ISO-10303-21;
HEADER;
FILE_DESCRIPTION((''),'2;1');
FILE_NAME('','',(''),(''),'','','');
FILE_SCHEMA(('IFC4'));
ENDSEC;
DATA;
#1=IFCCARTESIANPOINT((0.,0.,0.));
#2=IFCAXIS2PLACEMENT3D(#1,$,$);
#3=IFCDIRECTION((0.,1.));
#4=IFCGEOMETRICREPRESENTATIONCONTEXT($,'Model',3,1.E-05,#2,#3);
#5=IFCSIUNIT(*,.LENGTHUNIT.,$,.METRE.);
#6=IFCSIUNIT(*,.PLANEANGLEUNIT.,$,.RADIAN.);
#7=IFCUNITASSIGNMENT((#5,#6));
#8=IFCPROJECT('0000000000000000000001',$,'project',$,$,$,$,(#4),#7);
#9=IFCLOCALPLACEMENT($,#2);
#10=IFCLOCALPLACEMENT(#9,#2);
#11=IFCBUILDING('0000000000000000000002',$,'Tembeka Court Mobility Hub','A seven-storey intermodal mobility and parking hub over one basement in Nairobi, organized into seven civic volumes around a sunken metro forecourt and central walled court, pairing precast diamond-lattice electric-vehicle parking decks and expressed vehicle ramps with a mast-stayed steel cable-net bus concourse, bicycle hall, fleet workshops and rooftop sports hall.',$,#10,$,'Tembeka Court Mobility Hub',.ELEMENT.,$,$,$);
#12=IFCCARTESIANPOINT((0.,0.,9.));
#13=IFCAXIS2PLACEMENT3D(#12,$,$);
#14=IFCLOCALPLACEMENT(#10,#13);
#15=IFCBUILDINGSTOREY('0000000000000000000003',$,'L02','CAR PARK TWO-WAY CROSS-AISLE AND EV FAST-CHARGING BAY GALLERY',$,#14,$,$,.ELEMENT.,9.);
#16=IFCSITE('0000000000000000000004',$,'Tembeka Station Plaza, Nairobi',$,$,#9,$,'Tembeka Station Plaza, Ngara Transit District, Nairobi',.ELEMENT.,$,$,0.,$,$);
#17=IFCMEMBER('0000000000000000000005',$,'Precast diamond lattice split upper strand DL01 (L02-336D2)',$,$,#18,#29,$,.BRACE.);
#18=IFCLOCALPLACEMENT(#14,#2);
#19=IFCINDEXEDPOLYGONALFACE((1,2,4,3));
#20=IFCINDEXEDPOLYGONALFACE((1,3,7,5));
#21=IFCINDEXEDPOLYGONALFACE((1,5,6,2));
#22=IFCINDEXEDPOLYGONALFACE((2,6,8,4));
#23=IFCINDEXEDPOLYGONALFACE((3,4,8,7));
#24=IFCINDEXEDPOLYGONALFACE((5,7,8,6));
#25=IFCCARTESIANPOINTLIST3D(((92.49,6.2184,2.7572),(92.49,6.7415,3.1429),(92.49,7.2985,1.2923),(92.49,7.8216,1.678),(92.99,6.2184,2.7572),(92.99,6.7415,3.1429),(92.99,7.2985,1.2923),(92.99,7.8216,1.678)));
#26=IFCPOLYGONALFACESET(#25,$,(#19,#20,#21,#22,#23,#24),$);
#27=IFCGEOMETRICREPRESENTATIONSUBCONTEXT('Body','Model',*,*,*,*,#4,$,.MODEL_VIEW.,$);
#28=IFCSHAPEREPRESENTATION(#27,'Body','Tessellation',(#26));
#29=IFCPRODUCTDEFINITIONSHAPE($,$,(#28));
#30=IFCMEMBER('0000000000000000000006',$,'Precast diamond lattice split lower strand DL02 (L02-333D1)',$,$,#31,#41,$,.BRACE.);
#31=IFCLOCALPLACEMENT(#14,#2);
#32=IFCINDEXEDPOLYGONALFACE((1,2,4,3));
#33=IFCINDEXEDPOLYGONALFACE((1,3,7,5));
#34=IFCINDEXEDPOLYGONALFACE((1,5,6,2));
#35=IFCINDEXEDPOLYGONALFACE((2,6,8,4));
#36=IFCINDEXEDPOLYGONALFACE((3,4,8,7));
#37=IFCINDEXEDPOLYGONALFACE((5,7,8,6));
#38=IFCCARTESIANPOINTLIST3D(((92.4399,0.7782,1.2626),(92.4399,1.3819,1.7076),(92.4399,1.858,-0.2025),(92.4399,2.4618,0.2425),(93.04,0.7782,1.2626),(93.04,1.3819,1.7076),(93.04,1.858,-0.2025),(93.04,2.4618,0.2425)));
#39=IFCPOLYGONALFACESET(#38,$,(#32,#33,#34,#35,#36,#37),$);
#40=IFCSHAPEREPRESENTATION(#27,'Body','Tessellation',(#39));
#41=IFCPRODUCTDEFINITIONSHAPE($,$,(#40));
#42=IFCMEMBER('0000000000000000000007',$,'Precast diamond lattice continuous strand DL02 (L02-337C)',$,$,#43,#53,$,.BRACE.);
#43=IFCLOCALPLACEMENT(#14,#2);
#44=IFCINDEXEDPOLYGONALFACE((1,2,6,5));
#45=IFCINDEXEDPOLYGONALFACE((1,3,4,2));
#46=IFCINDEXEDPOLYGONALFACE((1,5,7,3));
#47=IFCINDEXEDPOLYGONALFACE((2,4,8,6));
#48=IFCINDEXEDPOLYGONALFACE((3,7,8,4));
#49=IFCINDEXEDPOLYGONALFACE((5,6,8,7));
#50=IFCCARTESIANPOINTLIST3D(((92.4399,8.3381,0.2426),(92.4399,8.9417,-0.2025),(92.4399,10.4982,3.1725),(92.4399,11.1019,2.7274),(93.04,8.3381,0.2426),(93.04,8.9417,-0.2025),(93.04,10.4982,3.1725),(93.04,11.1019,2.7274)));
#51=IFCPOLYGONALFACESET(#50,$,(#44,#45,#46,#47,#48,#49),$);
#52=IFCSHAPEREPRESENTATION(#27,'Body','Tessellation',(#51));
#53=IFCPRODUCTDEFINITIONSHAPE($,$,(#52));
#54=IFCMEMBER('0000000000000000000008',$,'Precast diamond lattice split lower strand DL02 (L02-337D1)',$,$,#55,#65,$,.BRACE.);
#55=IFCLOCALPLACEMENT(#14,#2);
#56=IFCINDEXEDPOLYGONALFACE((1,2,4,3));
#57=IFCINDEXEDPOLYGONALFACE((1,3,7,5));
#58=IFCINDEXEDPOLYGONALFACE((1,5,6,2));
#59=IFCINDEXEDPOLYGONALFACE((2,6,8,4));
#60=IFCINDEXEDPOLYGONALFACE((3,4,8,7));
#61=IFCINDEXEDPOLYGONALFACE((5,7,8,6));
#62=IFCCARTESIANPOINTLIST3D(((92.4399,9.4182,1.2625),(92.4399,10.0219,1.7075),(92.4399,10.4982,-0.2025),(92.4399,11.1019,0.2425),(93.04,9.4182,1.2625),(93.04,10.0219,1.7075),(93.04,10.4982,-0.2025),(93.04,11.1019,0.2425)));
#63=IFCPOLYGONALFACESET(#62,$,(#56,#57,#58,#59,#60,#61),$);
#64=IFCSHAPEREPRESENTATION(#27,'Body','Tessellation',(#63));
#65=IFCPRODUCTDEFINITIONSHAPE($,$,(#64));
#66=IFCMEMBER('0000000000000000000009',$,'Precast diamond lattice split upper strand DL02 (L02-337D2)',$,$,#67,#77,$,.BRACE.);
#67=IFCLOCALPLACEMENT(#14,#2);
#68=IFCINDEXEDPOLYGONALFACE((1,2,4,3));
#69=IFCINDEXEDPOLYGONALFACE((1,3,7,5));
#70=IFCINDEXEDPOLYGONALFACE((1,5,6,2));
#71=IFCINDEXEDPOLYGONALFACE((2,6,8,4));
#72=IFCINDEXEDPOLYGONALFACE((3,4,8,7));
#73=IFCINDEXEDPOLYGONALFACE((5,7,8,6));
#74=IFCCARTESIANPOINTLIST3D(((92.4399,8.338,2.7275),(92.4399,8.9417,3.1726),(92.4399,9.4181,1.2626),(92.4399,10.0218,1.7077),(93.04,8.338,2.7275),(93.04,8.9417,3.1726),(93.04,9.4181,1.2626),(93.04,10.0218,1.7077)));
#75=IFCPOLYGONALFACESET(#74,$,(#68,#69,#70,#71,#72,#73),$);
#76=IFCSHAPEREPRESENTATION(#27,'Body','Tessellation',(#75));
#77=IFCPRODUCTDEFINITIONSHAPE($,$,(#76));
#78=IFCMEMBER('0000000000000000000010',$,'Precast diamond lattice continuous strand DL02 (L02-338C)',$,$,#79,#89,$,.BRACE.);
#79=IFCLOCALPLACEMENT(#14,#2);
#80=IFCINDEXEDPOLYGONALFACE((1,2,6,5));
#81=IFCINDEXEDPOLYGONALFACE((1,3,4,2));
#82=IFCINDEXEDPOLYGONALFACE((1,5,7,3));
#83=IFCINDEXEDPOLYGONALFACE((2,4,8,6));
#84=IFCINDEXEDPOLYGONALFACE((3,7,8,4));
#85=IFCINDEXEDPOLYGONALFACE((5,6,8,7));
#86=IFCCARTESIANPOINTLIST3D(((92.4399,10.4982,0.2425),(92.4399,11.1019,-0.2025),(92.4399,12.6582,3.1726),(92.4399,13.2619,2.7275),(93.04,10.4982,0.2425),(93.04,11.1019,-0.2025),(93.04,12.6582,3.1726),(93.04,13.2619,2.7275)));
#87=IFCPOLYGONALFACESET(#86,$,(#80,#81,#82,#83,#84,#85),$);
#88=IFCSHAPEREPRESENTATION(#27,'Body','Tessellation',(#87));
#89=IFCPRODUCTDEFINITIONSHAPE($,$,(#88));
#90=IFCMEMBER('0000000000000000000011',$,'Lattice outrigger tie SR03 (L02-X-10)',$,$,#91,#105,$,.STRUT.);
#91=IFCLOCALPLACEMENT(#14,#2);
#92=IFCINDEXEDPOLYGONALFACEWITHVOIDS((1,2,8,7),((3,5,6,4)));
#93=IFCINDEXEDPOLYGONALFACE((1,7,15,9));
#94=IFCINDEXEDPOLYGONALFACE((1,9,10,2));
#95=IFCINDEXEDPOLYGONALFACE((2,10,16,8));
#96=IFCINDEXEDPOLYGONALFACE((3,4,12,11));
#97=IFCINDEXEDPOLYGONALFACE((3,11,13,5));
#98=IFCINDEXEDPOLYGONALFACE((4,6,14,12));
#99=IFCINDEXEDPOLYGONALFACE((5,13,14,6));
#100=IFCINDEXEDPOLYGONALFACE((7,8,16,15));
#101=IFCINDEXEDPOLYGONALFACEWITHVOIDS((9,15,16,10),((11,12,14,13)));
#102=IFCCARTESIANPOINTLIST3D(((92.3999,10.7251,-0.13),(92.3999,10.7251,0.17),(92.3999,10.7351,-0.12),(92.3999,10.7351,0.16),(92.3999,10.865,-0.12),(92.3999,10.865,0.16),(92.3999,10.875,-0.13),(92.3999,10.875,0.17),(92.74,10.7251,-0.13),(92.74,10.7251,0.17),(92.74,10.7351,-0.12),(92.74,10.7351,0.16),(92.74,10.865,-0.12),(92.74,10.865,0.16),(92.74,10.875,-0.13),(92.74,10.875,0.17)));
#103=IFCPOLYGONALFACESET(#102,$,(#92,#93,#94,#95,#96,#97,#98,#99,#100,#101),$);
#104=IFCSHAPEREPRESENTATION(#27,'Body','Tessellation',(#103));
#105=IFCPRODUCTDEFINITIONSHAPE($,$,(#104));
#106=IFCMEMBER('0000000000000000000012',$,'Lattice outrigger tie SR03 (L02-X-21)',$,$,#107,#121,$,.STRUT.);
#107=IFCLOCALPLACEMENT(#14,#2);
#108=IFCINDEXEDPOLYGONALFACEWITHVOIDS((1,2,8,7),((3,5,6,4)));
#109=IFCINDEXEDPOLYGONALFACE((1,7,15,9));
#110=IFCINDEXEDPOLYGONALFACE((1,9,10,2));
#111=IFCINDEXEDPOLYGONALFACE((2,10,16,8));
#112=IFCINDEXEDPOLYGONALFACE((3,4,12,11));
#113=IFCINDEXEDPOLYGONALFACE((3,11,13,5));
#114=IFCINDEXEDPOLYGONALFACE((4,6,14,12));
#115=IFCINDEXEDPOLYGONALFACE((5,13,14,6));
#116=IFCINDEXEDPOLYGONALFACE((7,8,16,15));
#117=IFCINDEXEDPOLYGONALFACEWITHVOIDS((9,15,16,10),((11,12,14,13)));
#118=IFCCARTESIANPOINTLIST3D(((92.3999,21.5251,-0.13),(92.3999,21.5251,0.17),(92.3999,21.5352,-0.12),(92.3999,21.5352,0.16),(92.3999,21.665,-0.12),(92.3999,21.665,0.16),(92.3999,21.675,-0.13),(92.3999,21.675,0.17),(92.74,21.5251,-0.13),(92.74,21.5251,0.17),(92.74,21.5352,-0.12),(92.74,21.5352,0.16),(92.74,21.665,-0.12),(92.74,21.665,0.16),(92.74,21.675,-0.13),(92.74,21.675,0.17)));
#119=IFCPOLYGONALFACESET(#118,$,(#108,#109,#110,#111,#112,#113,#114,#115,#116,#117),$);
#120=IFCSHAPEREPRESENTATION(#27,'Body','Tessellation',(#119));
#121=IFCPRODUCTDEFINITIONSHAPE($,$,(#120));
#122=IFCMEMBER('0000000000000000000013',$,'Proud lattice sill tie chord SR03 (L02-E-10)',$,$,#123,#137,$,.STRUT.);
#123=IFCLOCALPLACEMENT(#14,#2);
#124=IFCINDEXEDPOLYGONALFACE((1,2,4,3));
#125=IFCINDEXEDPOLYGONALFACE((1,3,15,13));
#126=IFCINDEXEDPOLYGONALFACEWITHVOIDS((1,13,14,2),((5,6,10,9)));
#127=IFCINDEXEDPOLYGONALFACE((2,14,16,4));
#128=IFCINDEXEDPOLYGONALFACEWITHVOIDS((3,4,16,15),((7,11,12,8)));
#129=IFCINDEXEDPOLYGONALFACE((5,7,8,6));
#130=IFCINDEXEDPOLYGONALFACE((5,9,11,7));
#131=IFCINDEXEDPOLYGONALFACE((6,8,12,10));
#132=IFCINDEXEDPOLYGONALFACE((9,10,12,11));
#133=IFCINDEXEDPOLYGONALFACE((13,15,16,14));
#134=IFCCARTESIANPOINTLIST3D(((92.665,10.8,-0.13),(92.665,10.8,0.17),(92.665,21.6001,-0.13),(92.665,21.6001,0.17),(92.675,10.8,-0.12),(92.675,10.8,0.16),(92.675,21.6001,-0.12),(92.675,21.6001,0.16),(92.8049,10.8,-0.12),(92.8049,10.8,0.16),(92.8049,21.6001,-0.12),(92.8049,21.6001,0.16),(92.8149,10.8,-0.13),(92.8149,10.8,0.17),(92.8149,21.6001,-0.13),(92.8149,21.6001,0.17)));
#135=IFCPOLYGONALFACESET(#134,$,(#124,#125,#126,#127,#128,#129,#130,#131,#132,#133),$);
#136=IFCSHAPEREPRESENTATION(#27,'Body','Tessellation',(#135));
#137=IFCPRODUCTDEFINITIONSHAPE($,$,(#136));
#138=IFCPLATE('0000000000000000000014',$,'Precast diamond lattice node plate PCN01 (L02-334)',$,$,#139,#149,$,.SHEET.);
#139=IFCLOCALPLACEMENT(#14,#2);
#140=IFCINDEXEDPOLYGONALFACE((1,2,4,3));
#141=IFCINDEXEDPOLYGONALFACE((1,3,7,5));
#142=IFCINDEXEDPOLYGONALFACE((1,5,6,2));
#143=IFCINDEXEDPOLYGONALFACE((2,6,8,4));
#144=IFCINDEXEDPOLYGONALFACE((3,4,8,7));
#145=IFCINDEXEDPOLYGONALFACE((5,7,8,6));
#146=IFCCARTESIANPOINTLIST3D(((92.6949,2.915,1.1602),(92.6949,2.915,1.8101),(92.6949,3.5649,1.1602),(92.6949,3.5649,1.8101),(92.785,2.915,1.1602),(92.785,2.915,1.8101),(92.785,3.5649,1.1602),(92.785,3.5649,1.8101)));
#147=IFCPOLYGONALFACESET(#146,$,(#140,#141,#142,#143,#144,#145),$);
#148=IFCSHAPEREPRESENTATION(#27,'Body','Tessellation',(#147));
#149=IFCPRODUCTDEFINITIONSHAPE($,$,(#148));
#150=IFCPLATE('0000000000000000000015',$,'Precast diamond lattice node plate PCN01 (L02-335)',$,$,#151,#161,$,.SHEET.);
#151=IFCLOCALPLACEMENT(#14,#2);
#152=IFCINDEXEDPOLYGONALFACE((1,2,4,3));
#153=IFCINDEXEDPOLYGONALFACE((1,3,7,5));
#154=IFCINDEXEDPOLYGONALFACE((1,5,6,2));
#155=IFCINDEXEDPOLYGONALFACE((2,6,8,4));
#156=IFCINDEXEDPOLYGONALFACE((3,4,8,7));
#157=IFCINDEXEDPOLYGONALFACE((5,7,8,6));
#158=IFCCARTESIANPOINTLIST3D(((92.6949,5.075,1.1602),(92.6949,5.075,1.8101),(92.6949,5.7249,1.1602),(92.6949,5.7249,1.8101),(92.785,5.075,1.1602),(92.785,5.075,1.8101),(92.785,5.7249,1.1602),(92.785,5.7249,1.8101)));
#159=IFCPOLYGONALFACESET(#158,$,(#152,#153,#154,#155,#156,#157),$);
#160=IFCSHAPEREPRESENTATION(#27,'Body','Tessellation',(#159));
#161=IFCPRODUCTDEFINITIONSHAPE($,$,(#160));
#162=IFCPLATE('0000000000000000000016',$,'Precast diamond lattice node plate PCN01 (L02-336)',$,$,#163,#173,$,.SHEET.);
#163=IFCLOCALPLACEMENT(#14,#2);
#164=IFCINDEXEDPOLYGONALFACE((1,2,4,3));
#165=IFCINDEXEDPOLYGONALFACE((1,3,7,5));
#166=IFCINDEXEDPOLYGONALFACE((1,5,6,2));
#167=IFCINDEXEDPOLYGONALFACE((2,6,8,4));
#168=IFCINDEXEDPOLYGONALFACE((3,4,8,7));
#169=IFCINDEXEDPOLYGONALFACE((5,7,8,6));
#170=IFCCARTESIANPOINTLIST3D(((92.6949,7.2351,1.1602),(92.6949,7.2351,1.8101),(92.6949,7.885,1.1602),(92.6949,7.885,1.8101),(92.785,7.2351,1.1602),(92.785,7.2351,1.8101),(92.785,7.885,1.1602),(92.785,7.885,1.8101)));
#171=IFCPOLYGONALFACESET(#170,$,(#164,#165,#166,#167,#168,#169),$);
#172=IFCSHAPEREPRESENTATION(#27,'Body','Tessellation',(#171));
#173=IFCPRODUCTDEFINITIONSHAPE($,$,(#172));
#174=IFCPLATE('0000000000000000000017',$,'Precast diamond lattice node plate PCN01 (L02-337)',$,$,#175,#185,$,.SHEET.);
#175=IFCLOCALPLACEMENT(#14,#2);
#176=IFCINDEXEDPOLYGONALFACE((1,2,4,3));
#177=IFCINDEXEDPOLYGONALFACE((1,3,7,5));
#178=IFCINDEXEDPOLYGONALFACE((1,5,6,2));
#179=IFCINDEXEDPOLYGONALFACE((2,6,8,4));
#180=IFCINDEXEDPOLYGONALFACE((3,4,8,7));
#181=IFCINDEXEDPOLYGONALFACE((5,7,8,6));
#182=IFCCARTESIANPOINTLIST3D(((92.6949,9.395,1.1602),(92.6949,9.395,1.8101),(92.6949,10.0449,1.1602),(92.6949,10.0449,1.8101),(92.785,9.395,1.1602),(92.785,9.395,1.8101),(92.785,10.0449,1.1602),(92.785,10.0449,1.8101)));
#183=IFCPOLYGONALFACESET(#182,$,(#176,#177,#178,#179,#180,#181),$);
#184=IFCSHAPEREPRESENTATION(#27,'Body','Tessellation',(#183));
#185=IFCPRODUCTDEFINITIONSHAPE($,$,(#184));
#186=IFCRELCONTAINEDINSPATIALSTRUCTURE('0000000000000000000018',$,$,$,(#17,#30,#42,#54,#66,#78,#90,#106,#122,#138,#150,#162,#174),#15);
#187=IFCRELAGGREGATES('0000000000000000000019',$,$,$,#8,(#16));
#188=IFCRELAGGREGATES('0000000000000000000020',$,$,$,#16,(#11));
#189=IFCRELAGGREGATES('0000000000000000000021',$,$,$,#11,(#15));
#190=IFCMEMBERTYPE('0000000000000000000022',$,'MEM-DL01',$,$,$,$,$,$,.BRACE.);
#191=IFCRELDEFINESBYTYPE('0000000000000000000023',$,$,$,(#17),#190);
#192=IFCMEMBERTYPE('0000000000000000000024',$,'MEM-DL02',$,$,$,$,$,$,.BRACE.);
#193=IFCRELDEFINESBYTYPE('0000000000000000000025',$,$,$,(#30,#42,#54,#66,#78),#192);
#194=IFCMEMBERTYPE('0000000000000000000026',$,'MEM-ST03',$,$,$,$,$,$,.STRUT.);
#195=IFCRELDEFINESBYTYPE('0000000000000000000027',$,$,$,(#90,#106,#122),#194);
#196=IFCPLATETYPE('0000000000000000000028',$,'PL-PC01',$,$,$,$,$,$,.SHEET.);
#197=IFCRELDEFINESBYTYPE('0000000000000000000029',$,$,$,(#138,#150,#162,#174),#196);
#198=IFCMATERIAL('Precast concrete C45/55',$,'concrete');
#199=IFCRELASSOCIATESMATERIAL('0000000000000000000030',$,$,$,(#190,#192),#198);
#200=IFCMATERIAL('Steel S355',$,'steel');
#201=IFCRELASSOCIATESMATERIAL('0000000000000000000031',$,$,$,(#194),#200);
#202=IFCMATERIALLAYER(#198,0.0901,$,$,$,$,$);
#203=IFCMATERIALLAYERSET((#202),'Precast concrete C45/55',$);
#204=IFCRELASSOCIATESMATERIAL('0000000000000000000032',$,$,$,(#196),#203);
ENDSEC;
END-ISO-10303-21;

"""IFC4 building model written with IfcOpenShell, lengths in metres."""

from ifc_helpers import new_model, si_unit, direction, frame, origin, origin_2d, place, context, subcontext, project, spatial, rectangle, hollow_rectangle, extrude, material, layer, layer_set, material_profile, profile_set, type_object, element, save


model = new_model("IFC4")

# Units and contexts
model_context = context("Model", 3, precision=1e-05, world=origin(), true_north=direction((0.0, 1.0)))
body_context = subcontext(model_context, "Body", "Model", "MODEL_VIEW")
ifc_project = project(units=[si_unit("LENGTHUNIT", "METRE"), si_unit("PLANEANGLEUNIT", "RADIAN")], contexts=[model_context])

# Site, building, storey
site_placement = place(None, origin())
site = spatial("IfcSite", under=ifc_project, at=site_placement, Name="Tembeka Station Plaza, Nairobi", LongName="Tembeka Station Plaza, Ngara Transit District, Nairobi", CompositionType="ELEMENT", RefElevation=0.0)
building_placement = place(site_placement, origin())
building = spatial("IfcBuilding", under=site, at=building_placement, Name="Tembeka Court Mobility Hub", Description="A seven-storey intermodal mobility and parking hub over one basement in Nairobi, organized into seven civic volumes around a sunken metro forecourt and central walled court, pairing precast diamond-lattice electric-vehicle parking decks and expressed vehicle ramps with a mast-stayed steel cable-net bus concourse, bicycle hall, fleet workshops and rooftop sports hall.", LongName="Tembeka Court Mobility Hub", CompositionType="ELEMENT")
storey_placement = place(building_placement, frame((0.0, 0.0, 9.0)))
storey = spatial("IfcBuildingStorey", under=building, at=storey_placement, Name="L02", Description="CAR PARK TWO-WAY CROSS-AISLE AND EV FAST-CHARGING BAY GALLERY", CompositionType="ELEMENT", Elevation=9.0)

# Shared definitions
ifc_material_1 = material(Name="Steel S355", Category="steel")

# Members
ifc_material_2 = material(Name="Precast concrete C45/55", Category="concrete")
ifc_material_profile_1 = material_profile(ifc_material_2, rectangle(XDim=0.5, YDim=0.6499, at=origin_2d()), Name="PC-DIAG 500x650")
ifc_profile_set_1 = profile_set([ifc_material_profile_1], Name="Precast concrete C45/55")
member_type_1 = type_object("IfcMemberType", Name="MEM-DL01", PredefinedType="BRACE", material=ifc_profile_set_1)
for number, where, z_axis, x_axis, name in (
    (1, (92.74, 7.5601, 1.4851), (0.0, -0.593455, 0.804867), (1.0, 0.0, 0.0), "Precast diamond lattice split upper strand DL01 (L02-336D2)"),
):
    element("IfcMember", number, at=place(storey_placement, frame(where, z_axis=z_axis, x_axis=x_axis)), inside=storey, type_object=member_type_1, Name=name, PredefinedType="BRACE", context=body_context, shape_type="SweptSolid", body=[
        extrude(rectangle(XDim=0.5, YDim=0.6499, at=origin_2d()), origin(), (0.0, 0.0, 1.0), 1.8201),
    ])
ifc_material_profile_2 = material_profile(ifc_material_2, rectangle(XDim=0.6001, YDim=0.75, at=origin_2d()), Name="PC-DIAG 600x750")
ifc_profile_set_2 = profile_set([ifc_material_profile_2], Name="Precast concrete C45/55")
member_type_2 = type_object("IfcMemberType", Name="MEM-DL02", PredefinedType="BRACE", material=ifc_profile_set_2)
member_1_placement = place(storey_placement, frame((92.74, 2.1599, 0.02), z_axis=(0.0, -0.593304, 0.804978), x_axis=(1.0, 0.0, 0.0)))
element("IfcMember", 2, at=member_1_placement, inside=storey, type_object=member_type_2, Name="Precast diamond lattice split lower strand DL02 (L02-333D1)", PredefinedType="BRACE", context=body_context, shape_type="SweptSolid", body=[
    extrude(rectangle(XDim=0.6001, YDim=0.75, at=origin_2d()), origin(), (0.0, 0.0, 1.0), 1.8201),
])
member_2_placement = place(storey_placement, frame((92.74, 8.6399, 0.02), z_axis=(0.0, 0.593423, 0.804891), x_axis=(-1.0, 0.0, 0.0)))
element("IfcMember", 3, at=member_2_placement, inside=storey, type_object=member_type_2, Name="Precast diamond lattice continuous strand DL02 (L02-337C)", PredefinedType="BRACE", context=body_context, shape_type="SweptSolid", body=[
    extrude(rectangle(XDim=0.6001, YDim=0.75, at=origin_2d()), origin(), (0.0, 0.0, 1.0), 3.6401),
])
for number, where, z_axis, x_axis, name in (
    (4, (92.74, 10.8, 0.02), (0.0, -0.593391, 0.804914), (1.0, 0.0, 0.0), "Precast diamond lattice split lower strand DL02 (L02-337D1)"),
    (5, (92.74, 9.72, 1.4851), (0.0, -0.593455, 0.804867), (1.0, 0.0, 0.0), "Precast diamond lattice split upper strand DL02 (L02-337D2)"),
):
    element("IfcMember", number, at=place(storey_placement, frame(where, z_axis=z_axis, x_axis=x_axis)), inside=storey, type_object=member_type_2, Name=name, PredefinedType="BRACE", context=body_context, shape_type="SweptSolid", body=[
        extrude(rectangle(XDim=0.6001, YDim=0.75, at=origin_2d()), origin(), (0.0, 0.0, 1.0), 1.8201),
    ])
member_3_placement = place(storey_placement, frame((92.74, 10.8, 0.02), z_axis=(0.0, 0.59338, 0.804923), x_axis=(-1.0, 0.0, 0.0)))
element("IfcMember", 6, at=member_3_placement, inside=storey, type_object=member_type_2, Name="Precast diamond lattice continuous strand DL02 (L02-338C)", PredefinedType="BRACE", context=body_context, shape_type="SweptSolid", body=[
    extrude(rectangle(XDim=0.6001, YDim=0.75, at=origin_2d()), origin(), (0.0, 0.0, 1.0), 3.6401),
])
ifc_material_profile_3 = material_profile(ifc_material_1, hollow_rectangle(XDim=0.1499, YDim=0.3, WallThickness=0.01, at=origin_2d()), Name="RHS 300x150x10")
ifc_profile_set_3 = profile_set([ifc_material_profile_3], Name="Steel S355")
member_type_3 = type_object("IfcMemberType", Name="MEM-ST03", PredefinedType="STRUT", material=ifc_profile_set_3)
for number, where, z_axis, x_axis, name in (
    (7, (92.3999, 10.8, 0.02), (1.0, 0.0, 0.0), (0.0, 1.0, 0.0), "Lattice outrigger tie SR03 (L02-X-10)"),
    (8, (92.3999, 21.6001, 0.02), (1.0, 0.0, 0.0), (0.0, 1.0, 0.0), "Lattice outrigger tie SR03 (L02-X-21)"),
):
    element("IfcMember", number, at=place(storey_placement, frame(where, z_axis=z_axis, x_axis=x_axis)), inside=storey, type_object=member_type_3, Name=name, PredefinedType="STRUT", context=body_context, shape_type="SweptSolid", body=[
        extrude(hollow_rectangle(XDim=0.1499, YDim=0.3, WallThickness=0.01, at=origin_2d()), origin(), (0.0, 0.0, 1.0), 0.3401),
    ])
member_4_placement = place(storey_placement, frame((92.74, 10.8, 0.02), z_axis=(0.0, 1.0, 0.0), x_axis=(-1.0, 0.0, 0.0)))
element("IfcMember", 9, at=member_4_placement, inside=storey, type_object=member_type_3, Name="Proud lattice sill tie chord SR03 (L02-E-10)", PredefinedType="STRUT", context=body_context, shape_type="SweptSolid", body=[
    extrude(hollow_rectangle(XDim=0.1499, YDim=0.3, WallThickness=0.01, at=origin_2d()), origin(), (0.0, 0.0, 1.0), 10.8),
])

# Plates
ifc_layer_1 = layer(ifc_material_2, 0.0901)
ifc_layer_set_1 = layer_set([ifc_layer_1], Name="Precast concrete C45/55")
plate_type = type_object("IfcPlateType", Name="PL-PC01", PredefinedType="SHEET", material=ifc_layer_set_1)
for number, where, z_axis, x_axis, name in (
    (10, (92.74, 3.24, 1.1602), (0.0, 0.0, 1.0), (1.0, 0.0, 0.0), "Precast diamond lattice node plate PCN01 (L02-334)"),
    (11, (92.74, 5.3999, 1.1602), (0.0, 0.0, 1.0), (1.0, 0.0, 0.0), "Precast diamond lattice node plate PCN01 (L02-335)"),
    (12, (92.74, 7.5601, 1.1602), (0.0, 0.0, 1.0), (1.0, 0.0, 0.0), "Precast diamond lattice node plate PCN01 (L02-336)"),
    (13, (92.74, 9.72, 1.1602), (0.0, 0.0, 1.0), (1.0, 0.0, 0.0), "Precast diamond lattice node plate PCN01 (L02-337)"),
):
    element("IfcPlate", number, at=place(storey_placement, frame(where, z_axis=z_axis, x_axis=x_axis)), inside=storey, type_object=plate_type, Name=name, PredefinedType="SHEET", context=body_context, shape_type="SweptSolid", body=[
        extrude(rectangle(XDim=0.0901, YDim=0.6499, at=origin_2d()), origin(), (0.0, 0.0, 1.0), 0.6499),
    ])

save(model, "model.ifc")
